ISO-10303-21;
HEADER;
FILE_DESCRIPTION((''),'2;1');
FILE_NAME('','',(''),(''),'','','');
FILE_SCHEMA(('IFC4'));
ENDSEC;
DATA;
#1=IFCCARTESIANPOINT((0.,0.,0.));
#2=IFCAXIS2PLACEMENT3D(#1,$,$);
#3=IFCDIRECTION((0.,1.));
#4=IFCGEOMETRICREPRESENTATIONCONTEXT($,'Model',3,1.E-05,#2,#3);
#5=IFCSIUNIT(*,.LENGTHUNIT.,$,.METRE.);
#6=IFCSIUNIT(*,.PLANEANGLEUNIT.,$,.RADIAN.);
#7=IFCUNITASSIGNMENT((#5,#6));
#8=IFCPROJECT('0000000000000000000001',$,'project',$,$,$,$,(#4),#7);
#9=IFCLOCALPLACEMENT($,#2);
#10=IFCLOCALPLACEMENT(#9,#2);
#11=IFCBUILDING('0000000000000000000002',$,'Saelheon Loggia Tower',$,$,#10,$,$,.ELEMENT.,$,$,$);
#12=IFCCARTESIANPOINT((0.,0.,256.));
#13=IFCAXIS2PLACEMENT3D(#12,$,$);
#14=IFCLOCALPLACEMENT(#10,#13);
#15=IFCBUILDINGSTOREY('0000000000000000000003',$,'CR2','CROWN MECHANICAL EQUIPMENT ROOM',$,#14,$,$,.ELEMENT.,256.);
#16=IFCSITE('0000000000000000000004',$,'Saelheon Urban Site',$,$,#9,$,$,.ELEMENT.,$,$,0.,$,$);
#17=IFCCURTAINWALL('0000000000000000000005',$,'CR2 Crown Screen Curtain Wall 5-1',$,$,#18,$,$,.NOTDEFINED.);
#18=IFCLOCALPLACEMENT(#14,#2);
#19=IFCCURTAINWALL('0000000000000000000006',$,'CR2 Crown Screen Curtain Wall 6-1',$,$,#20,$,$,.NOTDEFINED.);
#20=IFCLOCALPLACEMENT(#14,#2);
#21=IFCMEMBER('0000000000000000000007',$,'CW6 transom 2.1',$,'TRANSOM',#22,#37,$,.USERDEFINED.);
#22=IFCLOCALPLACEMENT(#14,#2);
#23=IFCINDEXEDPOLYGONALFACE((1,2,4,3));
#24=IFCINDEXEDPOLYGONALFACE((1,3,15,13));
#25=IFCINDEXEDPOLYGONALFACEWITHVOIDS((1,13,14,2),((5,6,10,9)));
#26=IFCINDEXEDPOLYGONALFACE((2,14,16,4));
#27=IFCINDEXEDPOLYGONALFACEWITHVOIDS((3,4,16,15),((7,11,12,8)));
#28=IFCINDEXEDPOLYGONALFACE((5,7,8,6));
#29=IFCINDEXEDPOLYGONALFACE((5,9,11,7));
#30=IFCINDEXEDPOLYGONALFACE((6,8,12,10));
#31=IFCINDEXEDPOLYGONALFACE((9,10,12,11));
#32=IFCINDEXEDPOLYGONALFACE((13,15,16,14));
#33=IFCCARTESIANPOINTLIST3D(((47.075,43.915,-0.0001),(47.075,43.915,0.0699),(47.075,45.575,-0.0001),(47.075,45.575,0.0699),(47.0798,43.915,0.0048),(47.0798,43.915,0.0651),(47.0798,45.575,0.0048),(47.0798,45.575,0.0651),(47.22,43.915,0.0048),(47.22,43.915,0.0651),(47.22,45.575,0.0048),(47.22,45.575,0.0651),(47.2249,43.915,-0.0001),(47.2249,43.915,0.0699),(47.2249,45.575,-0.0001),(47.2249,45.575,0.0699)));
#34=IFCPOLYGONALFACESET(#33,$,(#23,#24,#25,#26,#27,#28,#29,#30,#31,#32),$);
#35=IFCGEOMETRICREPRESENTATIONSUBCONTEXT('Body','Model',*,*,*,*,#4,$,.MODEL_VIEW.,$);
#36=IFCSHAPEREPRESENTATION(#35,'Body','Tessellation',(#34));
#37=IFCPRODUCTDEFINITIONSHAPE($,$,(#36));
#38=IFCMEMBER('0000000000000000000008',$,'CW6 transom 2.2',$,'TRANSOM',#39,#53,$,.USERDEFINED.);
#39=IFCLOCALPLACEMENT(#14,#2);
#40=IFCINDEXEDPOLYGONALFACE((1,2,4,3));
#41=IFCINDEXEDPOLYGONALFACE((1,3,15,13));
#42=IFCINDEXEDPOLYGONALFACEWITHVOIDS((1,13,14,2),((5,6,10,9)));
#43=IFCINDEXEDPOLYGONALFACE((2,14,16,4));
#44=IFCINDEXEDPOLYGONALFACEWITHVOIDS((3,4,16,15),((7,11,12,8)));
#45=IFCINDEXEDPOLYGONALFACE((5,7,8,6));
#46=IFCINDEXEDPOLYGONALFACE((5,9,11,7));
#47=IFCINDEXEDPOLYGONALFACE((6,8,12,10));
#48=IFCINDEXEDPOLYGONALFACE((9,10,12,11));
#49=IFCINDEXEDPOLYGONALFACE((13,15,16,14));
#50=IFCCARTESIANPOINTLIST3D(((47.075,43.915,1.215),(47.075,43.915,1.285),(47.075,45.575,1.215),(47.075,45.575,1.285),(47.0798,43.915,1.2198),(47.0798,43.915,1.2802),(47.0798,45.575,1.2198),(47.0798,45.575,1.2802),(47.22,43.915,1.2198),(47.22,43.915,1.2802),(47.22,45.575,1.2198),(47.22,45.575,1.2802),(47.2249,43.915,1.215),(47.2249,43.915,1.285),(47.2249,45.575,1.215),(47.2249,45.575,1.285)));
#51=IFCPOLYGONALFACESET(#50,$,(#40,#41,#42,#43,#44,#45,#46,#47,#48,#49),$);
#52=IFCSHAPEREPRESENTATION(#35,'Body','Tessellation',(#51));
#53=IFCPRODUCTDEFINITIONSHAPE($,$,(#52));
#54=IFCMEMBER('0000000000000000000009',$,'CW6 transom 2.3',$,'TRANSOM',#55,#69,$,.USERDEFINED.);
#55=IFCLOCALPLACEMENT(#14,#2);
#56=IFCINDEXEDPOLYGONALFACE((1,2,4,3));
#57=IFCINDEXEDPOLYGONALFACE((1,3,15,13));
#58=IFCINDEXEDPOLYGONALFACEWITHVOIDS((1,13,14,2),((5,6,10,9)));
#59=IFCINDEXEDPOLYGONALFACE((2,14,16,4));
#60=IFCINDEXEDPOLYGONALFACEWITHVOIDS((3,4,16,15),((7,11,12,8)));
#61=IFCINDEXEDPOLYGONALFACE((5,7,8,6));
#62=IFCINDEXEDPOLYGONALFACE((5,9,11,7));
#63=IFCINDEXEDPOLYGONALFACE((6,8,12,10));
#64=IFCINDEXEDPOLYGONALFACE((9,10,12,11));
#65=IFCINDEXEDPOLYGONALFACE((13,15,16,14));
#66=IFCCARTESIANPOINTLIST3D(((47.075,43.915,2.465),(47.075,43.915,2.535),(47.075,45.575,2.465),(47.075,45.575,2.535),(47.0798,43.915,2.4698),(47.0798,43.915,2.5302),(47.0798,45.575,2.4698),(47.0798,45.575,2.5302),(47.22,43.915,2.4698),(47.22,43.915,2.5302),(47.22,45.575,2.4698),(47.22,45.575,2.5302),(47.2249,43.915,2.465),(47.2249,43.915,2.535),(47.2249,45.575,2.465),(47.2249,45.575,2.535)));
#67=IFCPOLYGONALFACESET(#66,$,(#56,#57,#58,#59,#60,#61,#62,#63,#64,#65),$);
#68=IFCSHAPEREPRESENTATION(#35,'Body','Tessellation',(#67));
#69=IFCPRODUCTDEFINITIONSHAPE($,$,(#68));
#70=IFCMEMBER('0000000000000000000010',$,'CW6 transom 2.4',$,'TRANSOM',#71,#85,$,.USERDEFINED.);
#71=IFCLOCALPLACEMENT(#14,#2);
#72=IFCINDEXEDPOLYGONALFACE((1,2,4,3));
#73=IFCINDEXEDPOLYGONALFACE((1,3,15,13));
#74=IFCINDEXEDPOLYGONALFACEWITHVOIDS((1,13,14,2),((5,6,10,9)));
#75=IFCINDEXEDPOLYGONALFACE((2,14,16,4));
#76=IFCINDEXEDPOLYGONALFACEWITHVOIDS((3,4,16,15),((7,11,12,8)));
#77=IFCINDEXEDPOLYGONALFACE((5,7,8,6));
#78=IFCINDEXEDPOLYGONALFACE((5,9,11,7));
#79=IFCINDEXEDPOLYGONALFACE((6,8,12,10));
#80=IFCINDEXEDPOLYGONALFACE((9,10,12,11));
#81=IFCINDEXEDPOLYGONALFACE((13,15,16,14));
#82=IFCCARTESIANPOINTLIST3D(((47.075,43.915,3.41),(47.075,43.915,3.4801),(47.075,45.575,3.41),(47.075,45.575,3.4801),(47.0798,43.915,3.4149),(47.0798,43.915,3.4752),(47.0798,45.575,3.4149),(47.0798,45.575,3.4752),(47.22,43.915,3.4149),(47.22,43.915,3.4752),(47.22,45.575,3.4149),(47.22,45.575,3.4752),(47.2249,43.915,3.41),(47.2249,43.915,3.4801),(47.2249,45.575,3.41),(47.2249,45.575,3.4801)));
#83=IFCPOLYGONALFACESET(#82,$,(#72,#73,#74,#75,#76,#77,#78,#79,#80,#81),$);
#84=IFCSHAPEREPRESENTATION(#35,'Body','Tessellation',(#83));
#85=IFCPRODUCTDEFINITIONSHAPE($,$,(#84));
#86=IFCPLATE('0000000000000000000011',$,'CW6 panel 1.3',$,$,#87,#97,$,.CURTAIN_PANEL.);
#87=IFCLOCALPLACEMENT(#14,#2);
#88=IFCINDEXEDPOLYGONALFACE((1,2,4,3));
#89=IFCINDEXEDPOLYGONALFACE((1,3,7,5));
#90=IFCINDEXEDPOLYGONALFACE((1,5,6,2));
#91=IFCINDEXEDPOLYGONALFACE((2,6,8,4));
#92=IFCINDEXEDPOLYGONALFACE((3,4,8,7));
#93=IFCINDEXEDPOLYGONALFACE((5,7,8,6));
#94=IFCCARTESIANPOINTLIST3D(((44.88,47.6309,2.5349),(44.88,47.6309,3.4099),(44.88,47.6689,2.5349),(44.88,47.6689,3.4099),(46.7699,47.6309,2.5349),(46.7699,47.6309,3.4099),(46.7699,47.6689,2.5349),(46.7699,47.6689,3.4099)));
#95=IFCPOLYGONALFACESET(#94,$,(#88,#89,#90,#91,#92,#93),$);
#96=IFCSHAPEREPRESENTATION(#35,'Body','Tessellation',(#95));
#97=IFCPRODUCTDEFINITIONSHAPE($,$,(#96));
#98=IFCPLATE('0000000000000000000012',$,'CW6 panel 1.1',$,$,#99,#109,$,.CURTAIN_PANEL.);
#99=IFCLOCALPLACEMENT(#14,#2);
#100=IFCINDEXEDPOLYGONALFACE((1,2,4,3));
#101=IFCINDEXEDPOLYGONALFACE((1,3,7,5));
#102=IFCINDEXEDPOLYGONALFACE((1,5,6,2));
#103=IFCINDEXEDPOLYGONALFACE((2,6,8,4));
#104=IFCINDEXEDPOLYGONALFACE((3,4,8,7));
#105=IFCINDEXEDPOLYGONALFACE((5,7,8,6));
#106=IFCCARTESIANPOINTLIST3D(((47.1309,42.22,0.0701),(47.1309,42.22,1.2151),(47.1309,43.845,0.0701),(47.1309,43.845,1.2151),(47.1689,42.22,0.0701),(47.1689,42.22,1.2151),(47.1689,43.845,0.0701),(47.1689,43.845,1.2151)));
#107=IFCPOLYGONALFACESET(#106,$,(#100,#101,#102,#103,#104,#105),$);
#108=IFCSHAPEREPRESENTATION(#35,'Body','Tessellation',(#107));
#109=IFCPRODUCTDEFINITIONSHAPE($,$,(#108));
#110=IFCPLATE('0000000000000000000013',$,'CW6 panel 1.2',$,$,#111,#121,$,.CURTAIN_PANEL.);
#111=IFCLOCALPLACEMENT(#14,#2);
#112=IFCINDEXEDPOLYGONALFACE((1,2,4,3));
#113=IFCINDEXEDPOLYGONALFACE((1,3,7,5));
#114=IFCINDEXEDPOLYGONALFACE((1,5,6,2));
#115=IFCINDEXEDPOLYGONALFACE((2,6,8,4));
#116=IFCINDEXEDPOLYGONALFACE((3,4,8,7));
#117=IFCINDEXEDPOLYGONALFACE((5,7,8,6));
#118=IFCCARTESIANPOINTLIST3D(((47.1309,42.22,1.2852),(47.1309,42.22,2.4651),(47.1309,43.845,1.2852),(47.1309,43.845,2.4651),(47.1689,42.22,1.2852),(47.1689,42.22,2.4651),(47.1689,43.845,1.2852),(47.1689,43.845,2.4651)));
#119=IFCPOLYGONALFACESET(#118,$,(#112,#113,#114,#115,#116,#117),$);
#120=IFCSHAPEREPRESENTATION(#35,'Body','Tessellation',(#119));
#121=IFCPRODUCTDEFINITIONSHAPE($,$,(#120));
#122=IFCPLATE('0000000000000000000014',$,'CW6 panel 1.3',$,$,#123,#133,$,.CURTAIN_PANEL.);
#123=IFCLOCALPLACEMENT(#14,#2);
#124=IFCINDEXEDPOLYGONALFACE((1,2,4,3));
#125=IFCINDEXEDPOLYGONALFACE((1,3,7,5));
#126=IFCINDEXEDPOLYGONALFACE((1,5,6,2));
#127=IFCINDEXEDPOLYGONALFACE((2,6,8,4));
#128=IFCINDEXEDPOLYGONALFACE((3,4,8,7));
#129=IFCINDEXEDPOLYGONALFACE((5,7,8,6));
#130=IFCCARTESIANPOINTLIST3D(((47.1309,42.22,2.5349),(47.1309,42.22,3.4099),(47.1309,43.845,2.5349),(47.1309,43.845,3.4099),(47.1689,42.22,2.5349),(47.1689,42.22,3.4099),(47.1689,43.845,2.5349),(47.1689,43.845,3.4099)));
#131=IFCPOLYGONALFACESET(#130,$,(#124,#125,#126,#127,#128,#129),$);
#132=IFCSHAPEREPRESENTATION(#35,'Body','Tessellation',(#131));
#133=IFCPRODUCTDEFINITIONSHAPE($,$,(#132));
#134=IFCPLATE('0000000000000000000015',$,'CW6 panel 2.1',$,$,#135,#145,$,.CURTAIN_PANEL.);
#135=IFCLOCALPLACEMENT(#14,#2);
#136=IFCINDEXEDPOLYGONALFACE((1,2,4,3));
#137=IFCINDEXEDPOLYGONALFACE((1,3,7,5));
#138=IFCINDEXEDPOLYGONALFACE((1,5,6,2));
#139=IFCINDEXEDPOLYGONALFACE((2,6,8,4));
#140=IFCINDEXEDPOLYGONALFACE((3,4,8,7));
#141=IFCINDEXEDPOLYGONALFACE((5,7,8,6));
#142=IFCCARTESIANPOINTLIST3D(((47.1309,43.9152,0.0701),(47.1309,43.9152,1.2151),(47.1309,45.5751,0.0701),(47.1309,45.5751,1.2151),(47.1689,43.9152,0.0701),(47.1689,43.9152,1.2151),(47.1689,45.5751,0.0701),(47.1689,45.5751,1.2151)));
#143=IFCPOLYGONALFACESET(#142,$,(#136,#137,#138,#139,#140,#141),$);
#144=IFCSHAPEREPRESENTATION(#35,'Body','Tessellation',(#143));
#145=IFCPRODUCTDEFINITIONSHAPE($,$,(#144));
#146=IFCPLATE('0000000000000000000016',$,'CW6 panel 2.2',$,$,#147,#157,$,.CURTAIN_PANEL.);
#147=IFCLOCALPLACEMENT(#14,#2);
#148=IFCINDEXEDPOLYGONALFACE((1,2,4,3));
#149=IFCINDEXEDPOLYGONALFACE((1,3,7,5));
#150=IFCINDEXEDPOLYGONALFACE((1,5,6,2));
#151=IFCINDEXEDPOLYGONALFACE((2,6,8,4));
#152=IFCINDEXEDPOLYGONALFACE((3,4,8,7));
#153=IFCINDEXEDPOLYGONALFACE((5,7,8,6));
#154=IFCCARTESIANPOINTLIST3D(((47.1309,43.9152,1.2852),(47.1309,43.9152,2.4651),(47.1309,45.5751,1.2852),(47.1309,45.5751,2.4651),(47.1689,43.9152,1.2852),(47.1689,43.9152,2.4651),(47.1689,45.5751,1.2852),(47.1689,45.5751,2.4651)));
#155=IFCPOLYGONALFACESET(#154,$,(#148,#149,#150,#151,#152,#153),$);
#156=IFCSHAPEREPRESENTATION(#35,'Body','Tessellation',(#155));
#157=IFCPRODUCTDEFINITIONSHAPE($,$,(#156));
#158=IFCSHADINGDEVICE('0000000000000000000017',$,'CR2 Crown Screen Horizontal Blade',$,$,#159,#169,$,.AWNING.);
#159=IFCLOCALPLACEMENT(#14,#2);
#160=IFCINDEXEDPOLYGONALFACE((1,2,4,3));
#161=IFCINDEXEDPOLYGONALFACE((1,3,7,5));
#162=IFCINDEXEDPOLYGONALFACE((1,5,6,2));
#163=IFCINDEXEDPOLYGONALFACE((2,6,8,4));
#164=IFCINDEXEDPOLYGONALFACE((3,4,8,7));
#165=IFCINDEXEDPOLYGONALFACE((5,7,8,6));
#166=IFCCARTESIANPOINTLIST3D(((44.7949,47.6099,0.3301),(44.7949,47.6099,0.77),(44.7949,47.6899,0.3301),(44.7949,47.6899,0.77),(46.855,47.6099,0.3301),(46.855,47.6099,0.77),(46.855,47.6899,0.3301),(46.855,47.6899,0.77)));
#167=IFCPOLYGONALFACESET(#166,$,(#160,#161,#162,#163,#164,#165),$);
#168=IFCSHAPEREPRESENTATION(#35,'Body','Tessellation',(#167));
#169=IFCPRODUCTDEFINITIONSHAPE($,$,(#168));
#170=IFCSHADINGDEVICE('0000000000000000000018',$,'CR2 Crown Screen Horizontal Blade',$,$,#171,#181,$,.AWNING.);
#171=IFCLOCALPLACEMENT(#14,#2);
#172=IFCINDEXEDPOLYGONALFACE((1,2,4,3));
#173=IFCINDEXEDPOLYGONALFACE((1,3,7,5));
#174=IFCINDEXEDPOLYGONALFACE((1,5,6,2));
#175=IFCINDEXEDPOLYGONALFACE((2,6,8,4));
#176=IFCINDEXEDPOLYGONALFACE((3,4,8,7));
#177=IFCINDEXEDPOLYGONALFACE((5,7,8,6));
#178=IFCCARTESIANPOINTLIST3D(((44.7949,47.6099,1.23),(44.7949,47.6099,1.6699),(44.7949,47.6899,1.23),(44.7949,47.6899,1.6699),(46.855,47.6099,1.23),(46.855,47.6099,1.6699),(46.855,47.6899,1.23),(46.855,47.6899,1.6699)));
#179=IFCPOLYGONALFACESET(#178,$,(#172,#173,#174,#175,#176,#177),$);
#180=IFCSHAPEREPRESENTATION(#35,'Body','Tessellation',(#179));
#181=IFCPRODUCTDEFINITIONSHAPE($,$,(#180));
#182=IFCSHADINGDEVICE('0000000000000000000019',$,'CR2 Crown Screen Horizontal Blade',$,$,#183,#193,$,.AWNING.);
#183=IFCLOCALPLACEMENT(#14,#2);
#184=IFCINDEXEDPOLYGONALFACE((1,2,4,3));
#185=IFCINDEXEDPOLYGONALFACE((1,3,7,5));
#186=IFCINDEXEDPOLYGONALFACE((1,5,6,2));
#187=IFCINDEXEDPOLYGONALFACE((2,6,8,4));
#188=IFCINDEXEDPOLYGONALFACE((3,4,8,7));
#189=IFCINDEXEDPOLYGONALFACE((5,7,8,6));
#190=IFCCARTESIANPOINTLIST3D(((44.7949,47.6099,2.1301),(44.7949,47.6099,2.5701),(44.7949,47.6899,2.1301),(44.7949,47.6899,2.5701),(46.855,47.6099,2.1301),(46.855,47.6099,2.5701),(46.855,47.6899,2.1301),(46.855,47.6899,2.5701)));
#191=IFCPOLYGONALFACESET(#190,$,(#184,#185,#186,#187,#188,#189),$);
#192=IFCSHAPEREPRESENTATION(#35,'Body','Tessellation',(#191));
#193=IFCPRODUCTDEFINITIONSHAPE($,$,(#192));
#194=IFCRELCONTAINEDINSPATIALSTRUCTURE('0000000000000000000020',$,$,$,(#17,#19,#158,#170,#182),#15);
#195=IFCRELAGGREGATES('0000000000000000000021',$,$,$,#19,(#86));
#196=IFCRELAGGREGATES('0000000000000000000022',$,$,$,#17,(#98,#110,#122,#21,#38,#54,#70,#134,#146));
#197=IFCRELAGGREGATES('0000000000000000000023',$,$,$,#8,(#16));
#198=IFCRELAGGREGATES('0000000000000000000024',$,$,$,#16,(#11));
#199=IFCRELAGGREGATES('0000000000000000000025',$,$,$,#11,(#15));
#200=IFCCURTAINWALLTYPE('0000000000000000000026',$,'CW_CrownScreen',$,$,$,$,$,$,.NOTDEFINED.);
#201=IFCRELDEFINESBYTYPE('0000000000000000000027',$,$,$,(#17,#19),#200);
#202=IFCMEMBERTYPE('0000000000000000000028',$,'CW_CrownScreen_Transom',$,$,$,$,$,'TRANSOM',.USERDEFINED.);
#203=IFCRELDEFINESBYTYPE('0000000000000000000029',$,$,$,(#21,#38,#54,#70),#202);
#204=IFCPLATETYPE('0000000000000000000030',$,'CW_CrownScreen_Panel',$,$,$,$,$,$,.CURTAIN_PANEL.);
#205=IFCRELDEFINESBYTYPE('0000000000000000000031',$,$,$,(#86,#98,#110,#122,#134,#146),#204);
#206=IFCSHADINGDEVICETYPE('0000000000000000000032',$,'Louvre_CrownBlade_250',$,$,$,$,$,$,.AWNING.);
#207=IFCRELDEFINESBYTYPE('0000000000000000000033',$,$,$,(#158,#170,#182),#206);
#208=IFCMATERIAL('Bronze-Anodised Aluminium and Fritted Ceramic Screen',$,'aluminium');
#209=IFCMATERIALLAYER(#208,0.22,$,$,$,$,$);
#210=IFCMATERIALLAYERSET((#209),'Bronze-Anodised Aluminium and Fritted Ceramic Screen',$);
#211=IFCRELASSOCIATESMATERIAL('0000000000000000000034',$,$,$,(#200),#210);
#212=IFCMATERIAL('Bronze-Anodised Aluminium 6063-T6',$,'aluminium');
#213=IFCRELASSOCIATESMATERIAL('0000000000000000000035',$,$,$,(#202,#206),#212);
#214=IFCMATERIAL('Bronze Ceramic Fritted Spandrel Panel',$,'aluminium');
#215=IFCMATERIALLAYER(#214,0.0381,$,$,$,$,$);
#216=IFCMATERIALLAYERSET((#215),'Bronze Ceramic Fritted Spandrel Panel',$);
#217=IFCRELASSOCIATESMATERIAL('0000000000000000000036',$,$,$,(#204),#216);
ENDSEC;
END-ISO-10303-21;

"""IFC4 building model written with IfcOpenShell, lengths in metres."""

from ifc_helpers import new_model, si_unit, direction, frame, origin, origin_2d, place, context, subcontext, project, spatial, rectangle, hollow_rectangle, extrude, source, transform, mapped, material, layer, layer_set, material_profile, profile_set, type_object, element, aggregate, save


model = new_model("IFC4")

# Units and contexts
model_context = context("Model", 3, precision=1e-05, world=origin(), true_north=direction((0.0, 1.0)))
body_context = subcontext(model_context, "Body", "Model", "MODEL_VIEW")
ifc_project = project(units=[si_unit("LENGTHUNIT", "METRE"), si_unit("PLANEANGLEUNIT", "RADIAN")], contexts=[model_context])

# Site, building, storey
site_placement = place(None, origin())
site = spatial("IfcSite", under=ifc_project, at=site_placement, Name="Saelheon Urban Site", CompositionType="ELEMENT", RefElevation=0.0)
building_placement = place(site_placement, origin())
building = spatial("IfcBuilding", under=site, at=building_placement, Name="Saelheon Loggia Tower", CompositionType="ELEMENT")
storey_placement = place(building_placement, frame((0.0, 0.0, 256.0)))
storey = spatial("IfcBuildingStorey", under=building, at=storey_placement, Name="CR2", Description="CROWN MECHANICAL EQUIPMENT ROOM", CompositionType="ELEMENT", Elevation=256.0)

# Curtain walls
ifc_material_1 = material(Name="Bronze-Anodised Aluminium and Fritted Ceramic Screen", Category="aluminium")
ifc_layer_1 = layer(ifc_material_1, 0.22)
ifc_layer_set_1 = layer_set([ifc_layer_1], Name="Bronze-Anodised Aluminium and Fritted Ceramic Screen")
curtain_wall_type = type_object("IfcCurtainWallType", Name="CW_CrownScreen", PredefinedType="NOTDEFINED", material=ifc_layer_set_1)
curtain_wall_1_placement = place(storey_placement, origin())
curtain_wall_1 = element("IfcCurtainWall", 1, at=curtain_wall_1_placement, inside=storey, type_object=curtain_wall_type, Name="CR2 Crown Screen Curtain Wall 5-1", PredefinedType="NOTDEFINED")
ifc_material_2 = material(Name="Bronze-Anodised Aluminium 6063-T6", Category="aluminium")
curtain_wall_2_placement = place(storey_placement, origin())
curtain_wall_2 = element("IfcCurtainWall", 2, at=curtain_wall_2_placement, inside=storey, type_object=curtain_wall_type, Name="CR2 Crown Screen Curtain Wall 6-1", PredefinedType="NOTDEFINED")
ifc_material_profile_1 = material_profile(ifc_material_2, hollow_rectangle(XDim=0.0701, YDim=0.1499, WallThickness=0.0049, at=origin_2d()), Name="RHS-150x70x5")
ifc_profile_set_1 = profile_set([ifc_material_profile_1], Name="Bronze-Anodised Aluminium 6063-T6")
member_type_1 = type_object("IfcMemberType", Name="CW_CrownScreen_Transom", ElementType="TRANSOM", PredefinedType="USERDEFINED", material=ifc_profile_set_1)

# Members
shared_shape_1 = source(origin(), body_context, "Body", "SweptSolid", [
    extrude(hollow_rectangle(XDim=0.0701, YDim=0.1499, WallThickness=0.0049, at=origin_2d()), origin(), (0.0, 0.0, 1.0), 1.6599),
])
member_1_placement = place(storey_placement, frame((47.1499, 43.915, 0.0349), z_axis=(0.0, 1.0, 0.0), x_axis=(0.0, 0.0, 1.0)))
member_1 = element("IfcMember", 3, at=member_1_placement, type_object=member_type_1, Name="CW6 transom 2.1", ObjectType="TRANSOM", PredefinedType="USERDEFINED", context=body_context, shape_type="MappedRepresentation", body=[
    mapped(shared_shape_1, transform((0.0, 0.0, 0.0), scale=1.0)),
])
member_2_placement = place(storey_placement, frame((47.1499, 43.915, 1.25), z_axis=(0.0, 1.0, 0.0), x_axis=(0.0, 0.0, 1.0)))
member_2 = element("IfcMember", 4, at=member_2_placement, type_object=member_type_1, Name="CW6 transom 2.2", ObjectType="TRANSOM", PredefinedType="USERDEFINED", context=body_context, shape_type="MappedRepresentation", body=[
    mapped(shared_shape_1, transform((0.0, 0.0, 0.0), scale=1.0)),
])
member_3_placement = place(storey_placement, frame((47.1499, 43.915, 2.5), z_axis=(0.0, 1.0, 0.0), x_axis=(0.0, 0.0, 1.0)))
member_3 = element("IfcMember", 5, at=member_3_placement, type_object=member_type_1, Name="CW6 transom 2.3", ObjectType="TRANSOM", PredefinedType="USERDEFINED", context=body_context, shape_type="MappedRepresentation", body=[
    mapped(shared_shape_1, transform((0.0, 0.0, 0.0), scale=1.0)),
])
member_4_placement = place(storey_placement, frame((47.1499, 43.915, 3.4451), z_axis=(0.0, 1.0, 0.0), x_axis=(0.0, 0.0, 1.0)))
member_4 = element("IfcMember", 6, at=member_4_placement, type_object=member_type_1, Name="CW6 transom 2.4", ObjectType="TRANSOM", PredefinedType="USERDEFINED", context=body_context, shape_type="MappedRepresentation", body=[
    mapped(shared_shape_1, transform((0.0, 0.0, 0.0), scale=1.0)),
])

# Plates
ifc_material_3 = material(Name="Bronze Ceramic Fritted Spandrel Panel", Category="aluminium")
ifc_layer_2 = layer(ifc_material_3, 0.0381)
ifc_layer_set_2 = layer_set([ifc_layer_2], Name="Bronze Ceramic Fritted Spandrel Panel")
plate_type = type_object("IfcPlateType", Name="CW_CrownScreen_Panel", PredefinedType="CURTAIN_PANEL", material=ifc_layer_set_2)
shared_shape_2 = source(origin(), body_context, "Body", "SweptSolid", [
    extrude(rectangle(XDim=1.8899, YDim=0.0381, at=origin_2d()), origin(), (0.0, 0.0, 1.0), 0.875),
])
plate_1_placement = place(storey_placement, frame((45.825, 47.6499, 2.5349), z_axis=(0.0, 0.0, 1.0), x_axis=(-1.0, 0.0, 0.0)))
plate_1 = element("IfcPlate", 7, at=plate_1_placement, type_object=plate_type, Name="CW6 panel 1.3", PredefinedType="CURTAIN_PANEL", context=body_context, shape_type="MappedRepresentation", body=[
    mapped(shared_shape_2, transform((0.0, 0.0, 0.0), scale=1.0)),
])
aggregate(curtain_wall_2, [plate_1])
shared_shape_3 = source(origin(), body_context, "Body", "SweptSolid", [
    extrude(rectangle(XDim=1.625, YDim=0.0381, at=origin_2d()), origin(), (0.0, 0.0, 1.0), 1.145),
])
plate_2_placement = place(storey_placement, frame((47.1499, 43.0325, 0.0701), z_axis=(0.0, 0.0, 1.0), x_axis=(0.0, 1.0, 0.0)))
plate_2 = element("IfcPlate", 8, at=plate_2_placement, type_object=plate_type, Name="CW6 panel 1.1", PredefinedType="CURTAIN_PANEL", context=body_context, shape_type="MappedRepresentation", body=[
    mapped(shared_shape_3, transform((0.0, 0.0, 0.0), scale=1.0)),
])
shared_shape_4 = source(origin(), body_context, "Body", "SweptSolid", [
    extrude(rectangle(XDim=1.625, YDim=0.0381, at=origin_2d()), origin(), (0.0, 0.0, 1.0), 1.1799),
])
plate_3_placement = place(storey_placement, frame((47.1499, 43.0325, 1.2852), z_axis=(0.0, 0.0, 1.0), x_axis=(0.0, 1.0, 0.0)))
plate_3 = element("IfcPlate", 9, at=plate_3_placement, type_object=plate_type, Name="CW6 panel 1.2", PredefinedType="CURTAIN_PANEL", context=body_context, shape_type="MappedRepresentation", body=[
    mapped(shared_shape_4, transform((0.0, 0.0, 0.0), scale=1.0)),
])
shared_shape_5 = source(origin(), body_context, "Body", "SweptSolid", [
    extrude(rectangle(XDim=1.625, YDim=0.0381, at=origin_2d()), origin(), (0.0, 0.0, 1.0), 0.875),
])
plate_4_placement = place(storey_placement, frame((47.1499, 43.0325, 2.5349), z_axis=(0.0, 0.0, 1.0), x_axis=(0.0, 1.0, 0.0)))
plate_4 = element("IfcPlate", 10, at=plate_4_placement, type_object=plate_type, Name="CW6 panel 1.3", PredefinedType="CURTAIN_PANEL", context=body_context, shape_type="MappedRepresentation", body=[
    mapped(shared_shape_5, transform((0.0, 0.0, 0.0), scale=1.0)),
])
shared_shape_6 = source(origin(), body_context, "Body", "SweptSolid", [
    extrude(rectangle(XDim=1.6599, YDim=0.0381, at=origin_2d()), origin(), (0.0, 0.0, 1.0), 1.145),
])
plate_5_placement = place(storey_placement, frame((47.1499, 44.7451, 0.0701), z_axis=(0.0, 0.0, 1.0), x_axis=(0.0, 1.0, 0.0)))
plate_5 = element("IfcPlate", 11, at=plate_5_placement, type_object=plate_type, Name="CW6 panel 2.1", PredefinedType="CURTAIN_PANEL", context=body_context, shape_type="MappedRepresentation", body=[
    mapped(shared_shape_6, transform((0.0, 0.0, 0.0), scale=1.0)),
])
shared_shape_7 = source(origin(), body_context, "Body", "SweptSolid", [
    extrude(rectangle(XDim=1.6599, YDim=0.0381, at=origin_2d()), origin(), (0.0, 0.0, 1.0), 1.1799),
])
plate_6_placement = place(storey_placement, frame((47.1499, 44.7451, 1.2852), z_axis=(0.0, 0.0, 1.0), x_axis=(0.0, 1.0, 0.0)))
plate_6 = element("IfcPlate", 12, at=plate_6_placement, type_object=plate_type, Name="CW6 panel 2.2", PredefinedType="CURTAIN_PANEL", context=body_context, shape_type="MappedRepresentation", body=[
    mapped(shared_shape_7, transform((0.0, 0.0, 0.0), scale=1.0)),
])
aggregate(curtain_wall_1, [plate_2, plate_3, plate_4, member_1, member_2, member_3, member_4, plate_5, plate_6])

# Shading devices
ifc_material_profile_2 = material_profile(ifc_material_2, rectangle(XDim=0.0801, YDim=0.4399, at=origin_2d()), Name="Louvre_CrownBlade_250")
ifc_profile_set_2 = profile_set([ifc_material_profile_2], Name="Bronze-Anodised Aluminium 6063-T6")
shading_device_type = type_object("IfcShadingDeviceType", Name="Louvre_CrownBlade_250", PredefinedType="AWNING", material=ifc_profile_set_2)
shared_shape_8 = source(origin(), body_context, "Body", "SweptSolid", [
    extrude(rectangle(XDim=0.0801, YDim=0.4399, at=origin_2d()), origin(), (0.0, 0.0, 1.0), 2.0601),
])
for number, where, z_axis, x_axis, name in (
    (13, (46.855, 47.6499, 0.55), (-1.0, 0.0, 0.0), (0.0, -1.0, 0.0), "CR2 Crown Screen Horizontal Blade"),
    (14, (46.855, 47.6499, 1.45), (-1.0, 0.0, 0.0), (0.0, -1.0, 0.0), "CR2 Crown Screen Horizontal Blade"),
    (15, (46.855, 47.6499, 2.3501), (-1.0, 0.0, 0.0), (0.0, -1.0, 0.0), "CR2 Crown Screen Horizontal Blade"),
):
    element("IfcShadingDevice", number, at=place(storey_placement, frame(where, z_axis=z_axis, x_axis=x_axis)), inside=storey, type_object=shading_device_type, Name=name, PredefinedType="AWNING", context=body_context, shape_type="MappedRepresentation", body=[
        mapped(shared_shape_8, transform((0.0, 0.0, 0.0), scale=1.0)),
    ])

save(model, "model.ifc")
